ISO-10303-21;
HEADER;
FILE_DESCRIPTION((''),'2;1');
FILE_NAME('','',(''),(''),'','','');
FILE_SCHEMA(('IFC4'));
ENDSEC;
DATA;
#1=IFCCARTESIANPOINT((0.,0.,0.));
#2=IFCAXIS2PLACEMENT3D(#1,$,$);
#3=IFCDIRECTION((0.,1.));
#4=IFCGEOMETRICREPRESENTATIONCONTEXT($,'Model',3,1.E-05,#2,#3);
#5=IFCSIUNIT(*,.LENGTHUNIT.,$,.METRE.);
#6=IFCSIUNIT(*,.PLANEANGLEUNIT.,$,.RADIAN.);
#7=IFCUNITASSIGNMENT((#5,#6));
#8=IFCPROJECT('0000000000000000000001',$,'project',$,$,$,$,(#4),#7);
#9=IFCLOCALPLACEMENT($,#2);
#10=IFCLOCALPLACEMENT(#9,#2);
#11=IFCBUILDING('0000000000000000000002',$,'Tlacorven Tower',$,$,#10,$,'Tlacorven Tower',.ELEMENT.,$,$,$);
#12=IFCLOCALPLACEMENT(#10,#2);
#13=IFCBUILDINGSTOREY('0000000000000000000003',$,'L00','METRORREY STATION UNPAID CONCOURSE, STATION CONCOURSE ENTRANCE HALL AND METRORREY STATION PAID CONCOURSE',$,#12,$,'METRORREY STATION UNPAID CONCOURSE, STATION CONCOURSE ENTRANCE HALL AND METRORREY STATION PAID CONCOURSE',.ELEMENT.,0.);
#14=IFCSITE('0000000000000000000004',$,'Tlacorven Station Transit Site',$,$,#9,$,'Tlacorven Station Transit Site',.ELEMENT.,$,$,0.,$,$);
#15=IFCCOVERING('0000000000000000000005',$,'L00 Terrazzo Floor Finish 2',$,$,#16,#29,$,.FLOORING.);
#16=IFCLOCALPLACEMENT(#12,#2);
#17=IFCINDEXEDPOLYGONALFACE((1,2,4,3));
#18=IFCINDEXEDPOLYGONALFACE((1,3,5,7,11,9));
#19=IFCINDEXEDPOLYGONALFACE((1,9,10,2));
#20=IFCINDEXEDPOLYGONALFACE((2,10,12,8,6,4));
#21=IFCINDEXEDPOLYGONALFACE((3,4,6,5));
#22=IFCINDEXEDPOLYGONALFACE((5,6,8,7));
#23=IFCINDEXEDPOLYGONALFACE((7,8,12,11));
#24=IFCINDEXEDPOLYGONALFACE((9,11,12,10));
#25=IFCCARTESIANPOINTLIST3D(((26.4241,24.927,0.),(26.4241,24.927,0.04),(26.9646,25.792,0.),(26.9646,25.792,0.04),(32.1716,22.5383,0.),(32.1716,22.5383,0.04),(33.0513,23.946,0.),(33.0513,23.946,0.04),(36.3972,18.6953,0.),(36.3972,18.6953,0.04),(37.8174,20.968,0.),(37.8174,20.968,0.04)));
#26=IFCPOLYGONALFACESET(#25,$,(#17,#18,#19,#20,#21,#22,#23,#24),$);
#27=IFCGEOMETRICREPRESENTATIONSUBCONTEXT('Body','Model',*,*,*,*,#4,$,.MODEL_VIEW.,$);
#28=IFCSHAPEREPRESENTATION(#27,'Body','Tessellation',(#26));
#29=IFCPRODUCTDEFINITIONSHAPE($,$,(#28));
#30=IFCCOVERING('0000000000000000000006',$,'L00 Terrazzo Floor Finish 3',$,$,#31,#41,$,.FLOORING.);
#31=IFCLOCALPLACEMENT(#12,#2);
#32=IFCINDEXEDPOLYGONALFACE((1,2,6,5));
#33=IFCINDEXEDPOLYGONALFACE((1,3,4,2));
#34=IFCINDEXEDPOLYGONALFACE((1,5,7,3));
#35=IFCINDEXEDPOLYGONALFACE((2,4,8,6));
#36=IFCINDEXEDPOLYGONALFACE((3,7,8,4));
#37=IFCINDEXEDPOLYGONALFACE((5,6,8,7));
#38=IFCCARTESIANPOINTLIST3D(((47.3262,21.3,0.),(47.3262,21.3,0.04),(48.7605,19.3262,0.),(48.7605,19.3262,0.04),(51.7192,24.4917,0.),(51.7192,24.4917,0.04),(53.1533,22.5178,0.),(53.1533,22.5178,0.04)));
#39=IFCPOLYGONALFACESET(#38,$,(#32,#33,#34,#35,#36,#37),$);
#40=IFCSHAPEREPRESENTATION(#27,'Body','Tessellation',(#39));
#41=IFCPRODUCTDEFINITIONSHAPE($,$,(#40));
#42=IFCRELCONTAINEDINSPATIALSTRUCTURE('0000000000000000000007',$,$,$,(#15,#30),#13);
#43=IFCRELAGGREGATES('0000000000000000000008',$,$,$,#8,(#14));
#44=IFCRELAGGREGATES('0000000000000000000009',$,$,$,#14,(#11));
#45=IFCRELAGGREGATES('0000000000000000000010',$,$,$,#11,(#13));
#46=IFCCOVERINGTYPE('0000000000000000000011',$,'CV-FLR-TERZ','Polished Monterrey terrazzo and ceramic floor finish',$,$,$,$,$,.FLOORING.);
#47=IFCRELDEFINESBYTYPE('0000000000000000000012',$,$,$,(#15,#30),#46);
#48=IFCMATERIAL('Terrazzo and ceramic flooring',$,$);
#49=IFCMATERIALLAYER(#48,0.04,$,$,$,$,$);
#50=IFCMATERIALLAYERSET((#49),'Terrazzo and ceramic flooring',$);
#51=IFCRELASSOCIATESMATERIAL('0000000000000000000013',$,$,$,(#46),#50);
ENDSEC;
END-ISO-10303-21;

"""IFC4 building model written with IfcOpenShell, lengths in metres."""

from ifc_helpers import new_model, si_unit, direction, origin, place, context, subcontext, project, spatial, polyline, outline, extrude, material, layer, layer_set, type_object, element, save


model = new_model("IFC4")

# Units and contexts
model_context = context("Model", 3, precision=1e-05, world=origin(), true_north=direction((0.0, 1.0)))
body_context = subcontext(model_context, "Body", "Model", "MODEL_VIEW")
ifc_project = project(units=[si_unit("LENGTHUNIT", "METRE"), si_unit("PLANEANGLEUNIT", "RADIAN")], contexts=[model_context])

# Site, building, storey
site_placement = place(None, origin())
site = spatial("IfcSite", under=ifc_project, at=site_placement, Name="Tlacorven Station Transit Site", LongName="Tlacorven Station Transit Site", CompositionType="ELEMENT", RefElevation=0.0)
building_placement = place(site_placement, origin())
building = spatial("IfcBuilding", under=site, at=building_placement, Name="Tlacorven Tower", LongName="Tlacorven Tower", CompositionType="ELEMENT")
storey_placement = place(building_placement, origin())
storey = spatial("IfcBuildingStorey", under=building, at=storey_placement, Name="L00", Description="METRORREY STATION UNPAID CONCOURSE, STATION CONCOURSE ENTRANCE HALL AND METRORREY STATION PAID CONCOURSE", LongName="METRORREY STATION UNPAID CONCOURSE, STATION CONCOURSE ENTRANCE HALL AND METRORREY STATION PAID CONCOURSE", CompositionType="ELEMENT", Elevation=0.0)

# Coverings
ifc_material_1 = material(Name="Terrazzo and ceramic flooring")
ifc_layer_1 = layer(ifc_material_1, 0.04)
ifc_layer_set_1 = layer_set([ifc_layer_1], Name="Terrazzo and ceramic flooring")
covering_type_1 = type_object("IfcCoveringType", Name="CV-FLR-TERZ", Description="Polished Monterrey terrazzo and ceramic floor finish", PredefinedType="FLOORING", material=ifc_layer_set_1)
covering_1_placement = place(storey_placement, origin())
element("IfcCovering", 1, at=covering_1_placement, inside=storey, type_object=covering_type_1, Name="L00 Terrazzo Floor Finish 2", PredefinedType="FLOORING", context=body_context, shape_type="SweptSolid", body=[
    extrude(outline(polyline([(37.8174, 20.968), (36.3972, 18.6953), (26.4241, 24.927), (26.9646, 25.792), (32.1716, 22.5383), (33.0513, 23.946), (37.8174, 20.968)])), origin(), (0.0, 0.0, 1.0), 0.04),
])
covering_2_placement = place(storey_placement, origin())
element("IfcCovering", 2, at=covering_2_placement, inside=storey, type_object=covering_type_1, Name="L00 Terrazzo Floor Finish 3", PredefinedType="FLOORING", context=body_context, shape_type="SweptSolid", body=[
    extrude(outline(polyline([(48.7605, 19.3262), (47.3262, 21.3), (51.7192, 24.4917), (53.1533, 22.5178), (48.7605, 19.3262)])), origin(), (0.0, 0.0, 1.0), 0.04),
])

save(model, "model.ifc")
